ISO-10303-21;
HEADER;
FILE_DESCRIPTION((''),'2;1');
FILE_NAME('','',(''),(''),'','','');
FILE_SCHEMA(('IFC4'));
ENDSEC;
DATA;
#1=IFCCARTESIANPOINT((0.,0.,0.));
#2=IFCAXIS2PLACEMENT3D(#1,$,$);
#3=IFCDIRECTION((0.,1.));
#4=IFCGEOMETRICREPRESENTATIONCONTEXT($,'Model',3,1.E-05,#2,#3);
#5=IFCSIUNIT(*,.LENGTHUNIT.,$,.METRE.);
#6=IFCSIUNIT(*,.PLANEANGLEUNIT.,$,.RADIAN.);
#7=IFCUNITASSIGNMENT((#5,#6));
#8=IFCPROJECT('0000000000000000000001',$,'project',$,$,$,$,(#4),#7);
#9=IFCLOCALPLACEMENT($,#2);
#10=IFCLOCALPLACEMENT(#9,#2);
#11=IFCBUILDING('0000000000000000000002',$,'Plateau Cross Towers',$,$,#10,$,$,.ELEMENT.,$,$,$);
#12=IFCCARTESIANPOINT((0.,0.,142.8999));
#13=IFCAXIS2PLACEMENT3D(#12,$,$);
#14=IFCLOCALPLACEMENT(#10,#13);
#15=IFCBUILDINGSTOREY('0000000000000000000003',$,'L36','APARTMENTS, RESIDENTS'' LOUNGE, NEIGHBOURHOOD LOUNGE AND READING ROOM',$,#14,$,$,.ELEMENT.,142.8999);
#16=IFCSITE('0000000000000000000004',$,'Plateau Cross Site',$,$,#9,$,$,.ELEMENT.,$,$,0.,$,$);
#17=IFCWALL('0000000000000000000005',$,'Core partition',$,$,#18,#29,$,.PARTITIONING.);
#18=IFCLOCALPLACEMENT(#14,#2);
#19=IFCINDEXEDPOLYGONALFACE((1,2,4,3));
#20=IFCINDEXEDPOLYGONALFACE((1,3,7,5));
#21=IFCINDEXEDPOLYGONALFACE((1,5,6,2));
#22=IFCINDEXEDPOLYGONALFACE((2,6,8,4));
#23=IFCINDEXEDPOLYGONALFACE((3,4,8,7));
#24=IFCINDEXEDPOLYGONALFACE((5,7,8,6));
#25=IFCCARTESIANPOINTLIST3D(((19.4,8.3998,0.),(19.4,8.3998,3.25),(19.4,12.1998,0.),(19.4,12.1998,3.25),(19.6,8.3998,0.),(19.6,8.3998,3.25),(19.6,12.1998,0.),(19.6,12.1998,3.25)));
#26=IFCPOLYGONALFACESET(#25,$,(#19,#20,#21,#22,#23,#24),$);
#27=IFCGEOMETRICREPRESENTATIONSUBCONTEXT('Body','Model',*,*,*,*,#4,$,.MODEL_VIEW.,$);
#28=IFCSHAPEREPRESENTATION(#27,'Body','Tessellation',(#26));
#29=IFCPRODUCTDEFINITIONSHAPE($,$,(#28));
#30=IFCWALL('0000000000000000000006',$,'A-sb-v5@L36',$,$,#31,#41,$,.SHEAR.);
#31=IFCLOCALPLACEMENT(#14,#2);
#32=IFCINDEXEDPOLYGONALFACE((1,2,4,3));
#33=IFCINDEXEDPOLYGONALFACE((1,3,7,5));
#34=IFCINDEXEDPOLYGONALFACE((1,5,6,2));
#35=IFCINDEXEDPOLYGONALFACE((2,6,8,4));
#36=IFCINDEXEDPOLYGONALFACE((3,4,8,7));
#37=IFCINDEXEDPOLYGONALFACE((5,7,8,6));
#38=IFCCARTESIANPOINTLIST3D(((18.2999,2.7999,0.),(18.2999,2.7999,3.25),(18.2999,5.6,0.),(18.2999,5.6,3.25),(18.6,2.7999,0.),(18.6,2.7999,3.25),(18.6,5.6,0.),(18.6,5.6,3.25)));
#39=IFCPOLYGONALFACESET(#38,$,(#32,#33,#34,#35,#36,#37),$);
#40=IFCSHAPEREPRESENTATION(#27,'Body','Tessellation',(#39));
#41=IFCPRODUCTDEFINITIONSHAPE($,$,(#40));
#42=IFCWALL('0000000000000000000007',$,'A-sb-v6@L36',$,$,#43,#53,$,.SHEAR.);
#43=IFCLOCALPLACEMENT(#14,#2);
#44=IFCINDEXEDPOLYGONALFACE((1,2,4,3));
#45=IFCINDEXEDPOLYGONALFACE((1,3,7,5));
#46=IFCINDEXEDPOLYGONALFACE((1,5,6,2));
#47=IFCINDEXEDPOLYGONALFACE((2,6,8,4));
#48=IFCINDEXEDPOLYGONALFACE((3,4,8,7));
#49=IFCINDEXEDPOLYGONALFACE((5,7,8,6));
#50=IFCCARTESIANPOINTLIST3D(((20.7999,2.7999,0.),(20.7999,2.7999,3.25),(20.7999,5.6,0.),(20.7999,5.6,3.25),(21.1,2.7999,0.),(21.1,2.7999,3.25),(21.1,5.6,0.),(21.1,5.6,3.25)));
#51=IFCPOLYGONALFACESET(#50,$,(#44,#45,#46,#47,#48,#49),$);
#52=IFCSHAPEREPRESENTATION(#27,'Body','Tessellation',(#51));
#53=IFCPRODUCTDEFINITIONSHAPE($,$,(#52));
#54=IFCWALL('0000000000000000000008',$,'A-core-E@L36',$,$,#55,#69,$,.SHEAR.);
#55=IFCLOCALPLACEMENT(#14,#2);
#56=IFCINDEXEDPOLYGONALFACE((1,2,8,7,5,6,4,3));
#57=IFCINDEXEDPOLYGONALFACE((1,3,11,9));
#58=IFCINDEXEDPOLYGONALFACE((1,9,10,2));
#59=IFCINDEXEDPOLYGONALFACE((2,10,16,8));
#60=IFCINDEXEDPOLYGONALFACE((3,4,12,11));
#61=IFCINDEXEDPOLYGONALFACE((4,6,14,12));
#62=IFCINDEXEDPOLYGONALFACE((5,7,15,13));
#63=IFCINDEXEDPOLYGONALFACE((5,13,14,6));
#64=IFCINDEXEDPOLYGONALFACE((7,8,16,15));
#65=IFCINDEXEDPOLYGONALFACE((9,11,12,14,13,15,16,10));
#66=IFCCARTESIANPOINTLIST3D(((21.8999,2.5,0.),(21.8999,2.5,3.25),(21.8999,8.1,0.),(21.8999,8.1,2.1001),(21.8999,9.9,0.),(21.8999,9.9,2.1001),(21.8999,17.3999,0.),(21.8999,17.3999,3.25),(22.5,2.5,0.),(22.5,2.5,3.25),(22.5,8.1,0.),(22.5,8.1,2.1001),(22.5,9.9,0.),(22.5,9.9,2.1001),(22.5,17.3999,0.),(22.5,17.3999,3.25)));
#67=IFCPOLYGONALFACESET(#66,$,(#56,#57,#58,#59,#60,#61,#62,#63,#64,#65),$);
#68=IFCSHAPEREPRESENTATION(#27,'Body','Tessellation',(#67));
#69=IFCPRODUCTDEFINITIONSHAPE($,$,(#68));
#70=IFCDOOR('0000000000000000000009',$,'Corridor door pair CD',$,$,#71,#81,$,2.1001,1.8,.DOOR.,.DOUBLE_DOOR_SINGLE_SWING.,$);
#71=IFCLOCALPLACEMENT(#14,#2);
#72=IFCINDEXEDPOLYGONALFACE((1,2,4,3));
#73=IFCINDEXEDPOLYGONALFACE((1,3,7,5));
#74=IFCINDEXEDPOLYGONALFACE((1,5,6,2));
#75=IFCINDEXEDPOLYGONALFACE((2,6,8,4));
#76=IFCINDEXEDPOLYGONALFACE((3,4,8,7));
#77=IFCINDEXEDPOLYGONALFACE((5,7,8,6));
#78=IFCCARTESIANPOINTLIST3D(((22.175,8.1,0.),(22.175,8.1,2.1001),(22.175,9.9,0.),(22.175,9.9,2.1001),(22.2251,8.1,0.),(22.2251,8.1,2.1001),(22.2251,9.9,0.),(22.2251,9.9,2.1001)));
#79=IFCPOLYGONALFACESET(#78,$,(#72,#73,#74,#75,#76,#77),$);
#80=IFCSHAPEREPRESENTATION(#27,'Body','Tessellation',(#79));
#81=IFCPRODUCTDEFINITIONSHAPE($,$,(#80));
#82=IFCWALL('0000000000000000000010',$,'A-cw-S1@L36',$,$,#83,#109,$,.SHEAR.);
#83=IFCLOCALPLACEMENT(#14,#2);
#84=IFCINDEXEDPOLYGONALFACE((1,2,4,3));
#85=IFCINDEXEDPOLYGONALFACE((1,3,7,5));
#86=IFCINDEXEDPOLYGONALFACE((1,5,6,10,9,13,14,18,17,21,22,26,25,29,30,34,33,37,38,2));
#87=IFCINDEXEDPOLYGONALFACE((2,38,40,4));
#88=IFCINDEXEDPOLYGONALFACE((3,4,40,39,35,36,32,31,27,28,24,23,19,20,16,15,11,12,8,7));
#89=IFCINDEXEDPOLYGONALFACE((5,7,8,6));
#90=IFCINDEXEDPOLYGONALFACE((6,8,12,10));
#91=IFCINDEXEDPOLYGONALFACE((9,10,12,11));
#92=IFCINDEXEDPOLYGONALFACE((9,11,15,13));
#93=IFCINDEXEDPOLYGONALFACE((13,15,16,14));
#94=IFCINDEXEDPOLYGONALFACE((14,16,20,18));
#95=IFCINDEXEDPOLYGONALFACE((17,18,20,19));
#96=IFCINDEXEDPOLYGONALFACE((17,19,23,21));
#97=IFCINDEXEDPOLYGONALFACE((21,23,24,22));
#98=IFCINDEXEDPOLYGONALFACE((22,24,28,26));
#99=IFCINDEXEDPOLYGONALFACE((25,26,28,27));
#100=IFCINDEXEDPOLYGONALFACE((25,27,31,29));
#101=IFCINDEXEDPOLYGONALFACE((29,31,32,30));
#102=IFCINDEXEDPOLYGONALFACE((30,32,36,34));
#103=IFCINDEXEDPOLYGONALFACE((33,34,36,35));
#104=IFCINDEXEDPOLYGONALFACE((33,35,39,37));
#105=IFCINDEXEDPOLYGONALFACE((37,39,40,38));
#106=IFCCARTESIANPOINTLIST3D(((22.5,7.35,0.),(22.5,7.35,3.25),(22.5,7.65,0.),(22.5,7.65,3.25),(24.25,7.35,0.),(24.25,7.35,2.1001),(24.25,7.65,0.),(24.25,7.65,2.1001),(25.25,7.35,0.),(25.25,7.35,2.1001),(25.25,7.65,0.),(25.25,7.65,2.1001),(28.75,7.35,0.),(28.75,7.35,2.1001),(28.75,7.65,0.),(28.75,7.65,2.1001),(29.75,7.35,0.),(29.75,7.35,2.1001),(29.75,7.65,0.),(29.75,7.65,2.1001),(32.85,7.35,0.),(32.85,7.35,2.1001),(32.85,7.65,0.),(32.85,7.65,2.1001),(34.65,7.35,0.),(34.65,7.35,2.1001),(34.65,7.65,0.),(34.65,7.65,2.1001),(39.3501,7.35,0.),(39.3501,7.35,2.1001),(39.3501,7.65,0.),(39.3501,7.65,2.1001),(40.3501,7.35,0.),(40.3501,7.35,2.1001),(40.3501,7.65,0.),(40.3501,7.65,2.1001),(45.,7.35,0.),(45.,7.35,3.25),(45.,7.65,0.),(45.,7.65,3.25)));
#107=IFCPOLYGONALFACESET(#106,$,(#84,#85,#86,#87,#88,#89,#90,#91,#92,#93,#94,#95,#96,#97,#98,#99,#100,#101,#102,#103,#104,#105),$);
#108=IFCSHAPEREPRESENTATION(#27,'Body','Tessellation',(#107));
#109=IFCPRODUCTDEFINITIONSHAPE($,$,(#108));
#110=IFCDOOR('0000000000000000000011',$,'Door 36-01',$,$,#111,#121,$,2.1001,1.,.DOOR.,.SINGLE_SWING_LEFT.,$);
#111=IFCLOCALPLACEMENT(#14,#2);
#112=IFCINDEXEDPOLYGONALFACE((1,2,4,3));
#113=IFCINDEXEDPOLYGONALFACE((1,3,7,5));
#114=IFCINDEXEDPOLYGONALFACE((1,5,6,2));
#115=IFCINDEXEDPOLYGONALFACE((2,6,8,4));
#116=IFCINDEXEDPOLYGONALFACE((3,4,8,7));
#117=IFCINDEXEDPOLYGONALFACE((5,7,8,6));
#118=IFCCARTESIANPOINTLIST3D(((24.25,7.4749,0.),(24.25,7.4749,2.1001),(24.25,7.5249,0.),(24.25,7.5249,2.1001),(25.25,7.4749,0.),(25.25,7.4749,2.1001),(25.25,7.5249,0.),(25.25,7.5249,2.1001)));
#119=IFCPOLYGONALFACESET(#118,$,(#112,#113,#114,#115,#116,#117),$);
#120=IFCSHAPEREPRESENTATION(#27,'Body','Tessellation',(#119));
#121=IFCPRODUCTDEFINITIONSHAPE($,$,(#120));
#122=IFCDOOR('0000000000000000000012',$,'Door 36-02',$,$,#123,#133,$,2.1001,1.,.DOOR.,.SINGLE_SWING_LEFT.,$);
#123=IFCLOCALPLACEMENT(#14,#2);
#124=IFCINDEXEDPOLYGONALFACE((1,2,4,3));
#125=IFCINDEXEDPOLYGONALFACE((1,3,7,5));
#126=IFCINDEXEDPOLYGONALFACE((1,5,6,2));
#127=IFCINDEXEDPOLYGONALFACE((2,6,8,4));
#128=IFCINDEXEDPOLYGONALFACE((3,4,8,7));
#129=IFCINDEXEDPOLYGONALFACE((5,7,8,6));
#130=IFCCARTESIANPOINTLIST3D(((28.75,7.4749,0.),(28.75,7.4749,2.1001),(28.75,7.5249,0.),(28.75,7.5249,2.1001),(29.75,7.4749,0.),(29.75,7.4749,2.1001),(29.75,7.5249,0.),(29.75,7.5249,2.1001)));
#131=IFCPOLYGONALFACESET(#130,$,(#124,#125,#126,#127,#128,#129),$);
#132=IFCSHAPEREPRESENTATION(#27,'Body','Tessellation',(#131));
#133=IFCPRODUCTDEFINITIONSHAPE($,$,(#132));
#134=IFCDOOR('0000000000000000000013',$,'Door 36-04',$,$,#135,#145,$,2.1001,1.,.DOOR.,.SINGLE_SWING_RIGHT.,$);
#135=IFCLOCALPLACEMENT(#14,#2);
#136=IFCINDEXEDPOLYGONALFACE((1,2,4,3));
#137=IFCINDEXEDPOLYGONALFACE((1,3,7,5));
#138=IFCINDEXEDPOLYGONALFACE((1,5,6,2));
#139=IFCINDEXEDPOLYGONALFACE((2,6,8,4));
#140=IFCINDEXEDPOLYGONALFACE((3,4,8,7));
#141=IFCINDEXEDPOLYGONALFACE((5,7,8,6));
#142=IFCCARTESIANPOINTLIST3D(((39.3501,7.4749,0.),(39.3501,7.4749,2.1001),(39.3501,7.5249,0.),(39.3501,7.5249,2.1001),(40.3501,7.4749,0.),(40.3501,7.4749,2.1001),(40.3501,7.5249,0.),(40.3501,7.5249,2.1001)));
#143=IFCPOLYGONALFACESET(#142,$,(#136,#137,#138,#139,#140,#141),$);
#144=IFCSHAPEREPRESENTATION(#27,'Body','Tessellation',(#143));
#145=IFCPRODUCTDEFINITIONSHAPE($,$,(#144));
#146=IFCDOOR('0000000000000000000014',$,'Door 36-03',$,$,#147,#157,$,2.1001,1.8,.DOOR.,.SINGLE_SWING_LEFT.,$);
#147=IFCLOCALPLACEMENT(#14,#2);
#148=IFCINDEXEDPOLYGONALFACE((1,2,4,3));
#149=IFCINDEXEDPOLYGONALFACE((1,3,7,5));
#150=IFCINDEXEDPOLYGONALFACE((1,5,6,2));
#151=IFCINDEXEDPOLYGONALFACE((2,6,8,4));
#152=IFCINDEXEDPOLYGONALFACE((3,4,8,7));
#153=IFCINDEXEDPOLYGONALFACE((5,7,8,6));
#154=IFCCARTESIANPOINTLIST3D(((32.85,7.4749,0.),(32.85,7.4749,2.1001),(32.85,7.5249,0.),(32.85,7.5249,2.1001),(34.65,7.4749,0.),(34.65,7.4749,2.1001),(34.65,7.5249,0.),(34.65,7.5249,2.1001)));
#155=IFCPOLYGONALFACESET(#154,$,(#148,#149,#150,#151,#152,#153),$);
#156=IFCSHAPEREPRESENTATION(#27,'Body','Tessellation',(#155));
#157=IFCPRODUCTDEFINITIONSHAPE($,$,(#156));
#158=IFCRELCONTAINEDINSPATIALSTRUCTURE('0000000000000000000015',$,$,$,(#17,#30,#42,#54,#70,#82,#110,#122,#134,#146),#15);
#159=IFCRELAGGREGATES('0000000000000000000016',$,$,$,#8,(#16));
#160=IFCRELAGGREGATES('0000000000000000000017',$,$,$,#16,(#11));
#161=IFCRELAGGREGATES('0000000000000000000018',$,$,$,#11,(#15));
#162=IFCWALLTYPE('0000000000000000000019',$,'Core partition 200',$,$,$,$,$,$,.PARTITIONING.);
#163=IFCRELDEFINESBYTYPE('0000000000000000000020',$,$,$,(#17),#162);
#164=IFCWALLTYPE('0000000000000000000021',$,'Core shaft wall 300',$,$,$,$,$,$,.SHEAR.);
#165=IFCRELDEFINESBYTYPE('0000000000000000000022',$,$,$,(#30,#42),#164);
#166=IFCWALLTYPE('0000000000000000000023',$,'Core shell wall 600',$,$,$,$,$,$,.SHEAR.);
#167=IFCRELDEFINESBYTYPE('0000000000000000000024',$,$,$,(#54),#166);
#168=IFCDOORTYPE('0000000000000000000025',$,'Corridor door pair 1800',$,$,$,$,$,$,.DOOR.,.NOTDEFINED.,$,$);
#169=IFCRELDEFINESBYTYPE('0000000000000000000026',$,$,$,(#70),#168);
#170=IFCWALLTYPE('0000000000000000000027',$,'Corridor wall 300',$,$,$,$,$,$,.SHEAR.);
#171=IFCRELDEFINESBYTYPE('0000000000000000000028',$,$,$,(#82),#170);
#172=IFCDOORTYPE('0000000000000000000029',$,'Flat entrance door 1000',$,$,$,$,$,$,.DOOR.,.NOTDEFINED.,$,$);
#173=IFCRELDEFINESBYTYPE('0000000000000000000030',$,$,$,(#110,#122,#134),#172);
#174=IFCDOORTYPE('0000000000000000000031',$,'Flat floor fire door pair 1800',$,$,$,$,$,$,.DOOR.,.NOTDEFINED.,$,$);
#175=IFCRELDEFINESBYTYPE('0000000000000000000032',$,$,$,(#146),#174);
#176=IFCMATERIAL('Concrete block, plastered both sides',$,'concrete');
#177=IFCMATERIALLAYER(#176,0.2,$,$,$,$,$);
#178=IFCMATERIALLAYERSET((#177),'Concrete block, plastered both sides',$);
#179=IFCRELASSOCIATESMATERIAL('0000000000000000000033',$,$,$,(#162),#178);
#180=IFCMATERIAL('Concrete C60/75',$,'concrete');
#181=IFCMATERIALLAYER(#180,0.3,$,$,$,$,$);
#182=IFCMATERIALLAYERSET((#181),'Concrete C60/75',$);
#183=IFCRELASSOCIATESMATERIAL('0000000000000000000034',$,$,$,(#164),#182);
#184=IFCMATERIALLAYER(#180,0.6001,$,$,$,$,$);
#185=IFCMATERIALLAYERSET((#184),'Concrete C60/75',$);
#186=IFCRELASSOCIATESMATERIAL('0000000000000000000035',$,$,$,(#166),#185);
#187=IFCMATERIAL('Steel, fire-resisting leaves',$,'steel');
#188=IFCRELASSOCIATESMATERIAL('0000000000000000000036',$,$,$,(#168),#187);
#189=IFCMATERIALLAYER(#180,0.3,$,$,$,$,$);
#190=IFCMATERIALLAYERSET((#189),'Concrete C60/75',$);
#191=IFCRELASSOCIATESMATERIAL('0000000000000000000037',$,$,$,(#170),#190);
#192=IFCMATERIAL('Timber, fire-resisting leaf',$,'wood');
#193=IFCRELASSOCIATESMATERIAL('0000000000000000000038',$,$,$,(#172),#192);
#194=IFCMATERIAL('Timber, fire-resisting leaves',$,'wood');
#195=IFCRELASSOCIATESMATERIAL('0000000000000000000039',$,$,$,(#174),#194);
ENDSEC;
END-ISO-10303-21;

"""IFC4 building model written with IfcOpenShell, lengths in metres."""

from ifc_helpers import new_model, si_unit, direction, frame, frame_2d, origin, place, context, subcontext, project, spatial, rectangle, extrude, material, layer, layer_set, type_object, element, fill, save


model = new_model("IFC4")

# Units and contexts
model_context = context("Model", 3, precision=1e-05, world=origin(), true_north=direction((0.0, 1.0)))
body_context = subcontext(model_context, "Body", "Model", "MODEL_VIEW")
ifc_project = project(units=[si_unit("LENGTHUNIT", "METRE"), si_unit("PLANEANGLEUNIT", "RADIAN")], contexts=[model_context])

# Site, building, storey
site_placement = place(None, origin())
site = spatial("IfcSite", under=ifc_project, at=site_placement, Name="Plateau Cross Site", CompositionType="ELEMENT", RefElevation=0.0)
building_placement = place(site_placement, origin())
building = spatial("IfcBuilding", under=site, at=building_placement, Name="Plateau Cross Towers", CompositionType="ELEMENT")
storey_placement = place(building_placement, frame((0.0, 0.0, 142.8999)))
storey = spatial("IfcBuildingStorey", under=building, at=storey_placement, Name="L36", Description="APARTMENTS, RESIDENTS' LOUNGE, NEIGHBOURHOOD LOUNGE AND READING ROOM", CompositionType="ELEMENT", Elevation=142.8999)

# Walls
ifc_material_1 = material(Name="Concrete block, plastered both sides", Category="concrete")
ifc_layer_1 = layer(ifc_material_1, 0.2)
ifc_layer_set_1 = layer_set([ifc_layer_1], Name="Concrete block, plastered both sides")
wall_type_1 = type_object("IfcWallType", Name="Core partition 200", PredefinedType="PARTITIONING", material=ifc_layer_set_1)
wall_1_placement = place(storey_placement, frame((19.5, 8.3999, 0.0), z_axis=(0.0, 0.0, 1.0), x_axis=(0.0, 1.0, 0.0)))
element("IfcWall", 1, at=wall_1_placement, inside=storey, type_object=wall_type_1, Name="Core partition", PredefinedType="PARTITIONING", context=body_context, shape_type="SweptSolid", body=[
    extrude(rectangle(XDim=3.8, YDim=0.2, at=frame_2d((1.8999, 0.0))), origin(), (0.0, 0.0, 1.0), 3.25),
])
ifc_material_2 = material(Name="Concrete C60/75", Category="concrete")
ifc_layer_2 = layer(ifc_material_2, 0.3)
ifc_layer_set_2 = layer_set([ifc_layer_2], Name="Concrete C60/75")
wall_type_2 = type_object("IfcWallType", Name="Core shaft wall 300", PredefinedType="SHEAR", material=ifc_layer_set_2)
for number, where, z_axis, x_axis, name in (
    (2, (18.45, 2.8, 0.0), (0.0, 0.0, 1.0), (0.0, 1.0, 0.0), "A-sb-v5@L36"),
    (3, (20.95, 2.8, 0.0), (0.0, 0.0, 1.0), (0.0, 1.0, 0.0), "A-sb-v6@L36"),
):
    element("IfcWall", number, at=place(storey_placement, frame(where, z_axis=z_axis, x_axis=x_axis)), inside=storey, type_object=wall_type_2, Name=name, PredefinedType="SHEAR", context=body_context, shape_type="SweptSolid", body=[
        extrude(rectangle(XDim=2.8, YDim=0.3, at=frame_2d((1.3999, 0.0))), origin(), (0.0, 0.0, 1.0), 3.25),
    ])

# Wall, opening, door
ifc_layer_3 = layer(ifc_material_2, 0.6001)
ifc_layer_set_3 = layer_set([ifc_layer_3], Name="Concrete C60/75")
wall_type_3 = type_object("IfcWallType", Name="Core shell wall 600", PredefinedType="SHEAR", material=ifc_layer_set_3)
wall_2_placement = place(storey_placement, frame((22.2, 2.5, 0.0), z_axis=(0.0, 0.0, 1.0), x_axis=(0.0, 1.0, 0.0)))
wall_2 = element("IfcWall", 4, at=wall_2_placement, inside=storey, type_object=wall_type_3, Name="A-core-E@L36", PredefinedType="SHEAR", context=body_context, shape_type="SweptSolid", body=[
    extrude(rectangle(XDim=14.8999, YDim=0.6001, at=frame_2d((7.45, 0.0))), origin(), (0.0, 0.0, 1.0), 3.25),
])
opening_1_placement = place(wall_2_placement, frame((5.6001, 0.0, 0.0)))
opening_1 = element("IfcOpeningElement", 5, at=opening_1_placement, cuts=wall_2, PredefinedType="OPENING", context=body_context, shape_type="SweptSolid", body=[
    extrude(rectangle(XDim=1.8, YDim=2.1001, at=frame_2d((0.8999, 1.05))), frame((0.0, 0.3101, 0.0), z_axis=(0.0, -1.0, 0.0), x_axis=(1.0, 0.0, 0.0)), (0.0, 0.0, 1.0), 0.6201),
])
ifc_material_3 = material(Name="Steel, fire-resisting leaves", Category="steel")
door_type_1 = type_object("IfcDoorType", Name="Corridor door pair 1800", OperationType="NOTDEFINED", PredefinedType="DOOR", material=ifc_material_3)
door_1_placement = place(opening_1_placement, origin())
door_1 = element("IfcDoor", 6, at=door_1_placement, inside=storey, type_object=door_type_1, Name="Corridor door pair CD", OperationType="DOUBLE_DOOR_SINGLE_SWING", OverallHeight=2.1001, OverallWidth=1.8, PredefinedType="DOOR", context=body_context, shape_type="SweptSolid", body=[
    extrude(rectangle(XDim=1.8, YDim=2.1001, at=frame_2d((0.8999, 1.05))), frame((0.0, 0.0249, 0.0), z_axis=(0.0, -1.0, 0.0), x_axis=(1.0, 0.0, 0.0)), (0.0, 0.0, 1.0), 0.05),
])
fill(opening_1, door_1)

# Wall, openings, doors
ifc_layer_4 = layer(ifc_material_2, 0.3)
ifc_layer_set_4 = layer_set([ifc_layer_4], Name="Concrete C60/75")
wall_type_4 = type_object("IfcWallType", Name="Corridor wall 300", PredefinedType="SHEAR", material=ifc_layer_set_4)
wall_3_placement = place(storey_placement, frame((22.5, 7.5, 0.0), z_axis=(0.0, 0.0, 1.0), x_axis=(1.0, 0.0, 0.0)))
wall_3 = element("IfcWall", 7, at=wall_3_placement, inside=storey, type_object=wall_type_4, Name="A-cw-S1@L36", PredefinedType="SHEAR", context=body_context, shape_type="SweptSolid", body=[
    extrude(rectangle(XDim=22.5, YDim=0.3, at=frame_2d((11.25, 0.0))), origin(), (0.0, 0.0, 1.0), 3.25),
])
opening_2_placement = place(wall_3_placement, frame((1.75, 0.0, 0.0)))
opening_2 = element("IfcOpeningElement", 8, at=opening_2_placement, cuts=wall_3, PredefinedType="OPENING", context=body_context, shape_type="SweptSolid", body=[
    extrude(rectangle(XDim=1.0, YDim=2.1001, at=frame_2d((0.5, 1.05))), frame((0.0, 0.1599, 0.0), z_axis=(0.0, -1.0, 0.0), x_axis=(1.0, 0.0, 0.0)), (0.0, 0.0, 1.0), 0.3201),
])
opening_3_placement = place(wall_3_placement, frame((6.25, 0.0, 0.0)))
opening_3 = element("IfcOpeningElement", 9, at=opening_3_placement, cuts=wall_3, PredefinedType="OPENING", context=body_context, shape_type="SweptSolid", body=[
    extrude(rectangle(XDim=1.0, YDim=2.1001, at=frame_2d((0.5, 1.05))), frame((0.0, 0.1599, 0.0), z_axis=(0.0, -1.0, 0.0), x_axis=(1.0, 0.0, 0.0)), (0.0, 0.0, 1.0), 0.3201),
])
opening_4_placement = place(wall_3_placement, frame((10.3501, 0.0, 0.0)))
opening_4 = element("IfcOpeningElement", 10, at=opening_4_placement, cuts=wall_3, PredefinedType="OPENING", context=body_context, shape_type="SweptSolid", body=[
    extrude(rectangle(XDim=1.8, YDim=2.1001, at=frame_2d((0.8999, 1.05))), frame((0.0, 0.1599, 0.0), z_axis=(0.0, -1.0, 0.0), x_axis=(1.0, 0.0, 0.0)), (0.0, 0.0, 1.0), 0.3201),
])
opening_5_placement = place(wall_3_placement, frame((16.8501, 0.0, 0.0)))
opening_5 = element("IfcOpeningElement", 11, at=opening_5_placement, cuts=wall_3, PredefinedType="OPENING", context=body_context, shape_type="SweptSolid", body=[
    extrude(rectangle(XDim=1.0, YDim=2.1001, at=frame_2d((0.5, 1.05))), frame((0.0, 0.1599, 0.0), z_axis=(0.0, -1.0, 0.0), x_axis=(1.0, 0.0, 0.0)), (0.0, 0.0, 1.0), 0.3201),
])
ifc_material_4 = material(Name="Timber, fire-resisting leaf", Category="wood")
door_type_2 = type_object("IfcDoorType", Name="Flat entrance door 1000", OperationType="NOTDEFINED", PredefinedType="DOOR", material=ifc_material_4)
door_2_placement = place(opening_2_placement, origin())
door_2 = element("IfcDoor", 12, at=door_2_placement, inside=storey, type_object=door_type_2, Name="Door 36-01", OperationType="SINGLE_SWING_LEFT", OverallHeight=2.1001, OverallWidth=1.0, PredefinedType="DOOR", context=body_context, shape_type="SweptSolid", body=[
    extrude(rectangle(XDim=1.0, YDim=2.1001, at=frame_2d((0.5, 1.05))), frame((0.0, 0.0249, 0.0), z_axis=(0.0, -1.0, 0.0), x_axis=(1.0, 0.0, 0.0)), (0.0, 0.0, 1.0), 0.05),
])
fill(opening_2, door_2)
door_3_placement = place(opening_3_placement, origin())
door_3 = element("IfcDoor", 13, at=door_3_placement, inside=storey, type_object=door_type_2, Name="Door 36-02", OperationType="SINGLE_SWING_LEFT", OverallHeight=2.1001, OverallWidth=1.0, PredefinedType="DOOR", context=body_context, shape_type="SweptSolid", body=[
    extrude(rectangle(XDim=1.0, YDim=2.1001, at=frame_2d((0.5, 1.05))), frame((0.0, 0.0249, 0.0), z_axis=(0.0, -1.0, 0.0), x_axis=(1.0, 0.0, 0.0)), (0.0, 0.0, 1.0), 0.05),
])
fill(opening_3, door_3)
door_4_placement = place(opening_5_placement, origin())
door_4 = element("IfcDoor", 14, at=door_4_placement, inside=storey, type_object=door_type_2, Name="Door 36-04", OperationType="SINGLE_SWING_RIGHT", OverallHeight=2.1001, OverallWidth=1.0, PredefinedType="DOOR", context=body_context, shape_type="SweptSolid", body=[
    extrude(rectangle(XDim=1.0, YDim=2.1001, at=frame_2d((0.5, 1.05))), frame((0.0, 0.0249, 0.0), z_axis=(0.0, -1.0, 0.0), x_axis=(1.0, 0.0, 0.0)), (0.0, 0.0, 1.0), 0.05),
])
fill(opening_5, door_4)
ifc_material_5 = material(Name="Timber, fire-resisting leaves", Category="wood")
door_type_3 = type_object("IfcDoorType", Name="Flat floor fire door pair 1800", OperationType="NOTDEFINED", PredefinedType="DOOR", material=ifc_material_5)
door_5_placement = place(opening_4_placement, origin())
door_5 = element("IfcDoor", 15, at=door_5_placement, inside=storey, type_object=door_type_3, Name="Door 36-03", OperationType="SINGLE_SWING_LEFT", OverallHeight=2.1001, OverallWidth=1.8, PredefinedType="DOOR", context=body_context, shape_type="SweptSolid", body=[
    extrude(rectangle(XDim=1.8, YDim=2.1001, at=frame_2d((0.8999, 1.05))), frame((0.0, 0.0249, 0.0), z_axis=(0.0, -1.0, 0.0), x_axis=(1.0, 0.0, 0.0)), (0.0, 0.0, 1.0), 0.05),
])
fill(opening_4, door_5)

save(model, "model.ifc")
